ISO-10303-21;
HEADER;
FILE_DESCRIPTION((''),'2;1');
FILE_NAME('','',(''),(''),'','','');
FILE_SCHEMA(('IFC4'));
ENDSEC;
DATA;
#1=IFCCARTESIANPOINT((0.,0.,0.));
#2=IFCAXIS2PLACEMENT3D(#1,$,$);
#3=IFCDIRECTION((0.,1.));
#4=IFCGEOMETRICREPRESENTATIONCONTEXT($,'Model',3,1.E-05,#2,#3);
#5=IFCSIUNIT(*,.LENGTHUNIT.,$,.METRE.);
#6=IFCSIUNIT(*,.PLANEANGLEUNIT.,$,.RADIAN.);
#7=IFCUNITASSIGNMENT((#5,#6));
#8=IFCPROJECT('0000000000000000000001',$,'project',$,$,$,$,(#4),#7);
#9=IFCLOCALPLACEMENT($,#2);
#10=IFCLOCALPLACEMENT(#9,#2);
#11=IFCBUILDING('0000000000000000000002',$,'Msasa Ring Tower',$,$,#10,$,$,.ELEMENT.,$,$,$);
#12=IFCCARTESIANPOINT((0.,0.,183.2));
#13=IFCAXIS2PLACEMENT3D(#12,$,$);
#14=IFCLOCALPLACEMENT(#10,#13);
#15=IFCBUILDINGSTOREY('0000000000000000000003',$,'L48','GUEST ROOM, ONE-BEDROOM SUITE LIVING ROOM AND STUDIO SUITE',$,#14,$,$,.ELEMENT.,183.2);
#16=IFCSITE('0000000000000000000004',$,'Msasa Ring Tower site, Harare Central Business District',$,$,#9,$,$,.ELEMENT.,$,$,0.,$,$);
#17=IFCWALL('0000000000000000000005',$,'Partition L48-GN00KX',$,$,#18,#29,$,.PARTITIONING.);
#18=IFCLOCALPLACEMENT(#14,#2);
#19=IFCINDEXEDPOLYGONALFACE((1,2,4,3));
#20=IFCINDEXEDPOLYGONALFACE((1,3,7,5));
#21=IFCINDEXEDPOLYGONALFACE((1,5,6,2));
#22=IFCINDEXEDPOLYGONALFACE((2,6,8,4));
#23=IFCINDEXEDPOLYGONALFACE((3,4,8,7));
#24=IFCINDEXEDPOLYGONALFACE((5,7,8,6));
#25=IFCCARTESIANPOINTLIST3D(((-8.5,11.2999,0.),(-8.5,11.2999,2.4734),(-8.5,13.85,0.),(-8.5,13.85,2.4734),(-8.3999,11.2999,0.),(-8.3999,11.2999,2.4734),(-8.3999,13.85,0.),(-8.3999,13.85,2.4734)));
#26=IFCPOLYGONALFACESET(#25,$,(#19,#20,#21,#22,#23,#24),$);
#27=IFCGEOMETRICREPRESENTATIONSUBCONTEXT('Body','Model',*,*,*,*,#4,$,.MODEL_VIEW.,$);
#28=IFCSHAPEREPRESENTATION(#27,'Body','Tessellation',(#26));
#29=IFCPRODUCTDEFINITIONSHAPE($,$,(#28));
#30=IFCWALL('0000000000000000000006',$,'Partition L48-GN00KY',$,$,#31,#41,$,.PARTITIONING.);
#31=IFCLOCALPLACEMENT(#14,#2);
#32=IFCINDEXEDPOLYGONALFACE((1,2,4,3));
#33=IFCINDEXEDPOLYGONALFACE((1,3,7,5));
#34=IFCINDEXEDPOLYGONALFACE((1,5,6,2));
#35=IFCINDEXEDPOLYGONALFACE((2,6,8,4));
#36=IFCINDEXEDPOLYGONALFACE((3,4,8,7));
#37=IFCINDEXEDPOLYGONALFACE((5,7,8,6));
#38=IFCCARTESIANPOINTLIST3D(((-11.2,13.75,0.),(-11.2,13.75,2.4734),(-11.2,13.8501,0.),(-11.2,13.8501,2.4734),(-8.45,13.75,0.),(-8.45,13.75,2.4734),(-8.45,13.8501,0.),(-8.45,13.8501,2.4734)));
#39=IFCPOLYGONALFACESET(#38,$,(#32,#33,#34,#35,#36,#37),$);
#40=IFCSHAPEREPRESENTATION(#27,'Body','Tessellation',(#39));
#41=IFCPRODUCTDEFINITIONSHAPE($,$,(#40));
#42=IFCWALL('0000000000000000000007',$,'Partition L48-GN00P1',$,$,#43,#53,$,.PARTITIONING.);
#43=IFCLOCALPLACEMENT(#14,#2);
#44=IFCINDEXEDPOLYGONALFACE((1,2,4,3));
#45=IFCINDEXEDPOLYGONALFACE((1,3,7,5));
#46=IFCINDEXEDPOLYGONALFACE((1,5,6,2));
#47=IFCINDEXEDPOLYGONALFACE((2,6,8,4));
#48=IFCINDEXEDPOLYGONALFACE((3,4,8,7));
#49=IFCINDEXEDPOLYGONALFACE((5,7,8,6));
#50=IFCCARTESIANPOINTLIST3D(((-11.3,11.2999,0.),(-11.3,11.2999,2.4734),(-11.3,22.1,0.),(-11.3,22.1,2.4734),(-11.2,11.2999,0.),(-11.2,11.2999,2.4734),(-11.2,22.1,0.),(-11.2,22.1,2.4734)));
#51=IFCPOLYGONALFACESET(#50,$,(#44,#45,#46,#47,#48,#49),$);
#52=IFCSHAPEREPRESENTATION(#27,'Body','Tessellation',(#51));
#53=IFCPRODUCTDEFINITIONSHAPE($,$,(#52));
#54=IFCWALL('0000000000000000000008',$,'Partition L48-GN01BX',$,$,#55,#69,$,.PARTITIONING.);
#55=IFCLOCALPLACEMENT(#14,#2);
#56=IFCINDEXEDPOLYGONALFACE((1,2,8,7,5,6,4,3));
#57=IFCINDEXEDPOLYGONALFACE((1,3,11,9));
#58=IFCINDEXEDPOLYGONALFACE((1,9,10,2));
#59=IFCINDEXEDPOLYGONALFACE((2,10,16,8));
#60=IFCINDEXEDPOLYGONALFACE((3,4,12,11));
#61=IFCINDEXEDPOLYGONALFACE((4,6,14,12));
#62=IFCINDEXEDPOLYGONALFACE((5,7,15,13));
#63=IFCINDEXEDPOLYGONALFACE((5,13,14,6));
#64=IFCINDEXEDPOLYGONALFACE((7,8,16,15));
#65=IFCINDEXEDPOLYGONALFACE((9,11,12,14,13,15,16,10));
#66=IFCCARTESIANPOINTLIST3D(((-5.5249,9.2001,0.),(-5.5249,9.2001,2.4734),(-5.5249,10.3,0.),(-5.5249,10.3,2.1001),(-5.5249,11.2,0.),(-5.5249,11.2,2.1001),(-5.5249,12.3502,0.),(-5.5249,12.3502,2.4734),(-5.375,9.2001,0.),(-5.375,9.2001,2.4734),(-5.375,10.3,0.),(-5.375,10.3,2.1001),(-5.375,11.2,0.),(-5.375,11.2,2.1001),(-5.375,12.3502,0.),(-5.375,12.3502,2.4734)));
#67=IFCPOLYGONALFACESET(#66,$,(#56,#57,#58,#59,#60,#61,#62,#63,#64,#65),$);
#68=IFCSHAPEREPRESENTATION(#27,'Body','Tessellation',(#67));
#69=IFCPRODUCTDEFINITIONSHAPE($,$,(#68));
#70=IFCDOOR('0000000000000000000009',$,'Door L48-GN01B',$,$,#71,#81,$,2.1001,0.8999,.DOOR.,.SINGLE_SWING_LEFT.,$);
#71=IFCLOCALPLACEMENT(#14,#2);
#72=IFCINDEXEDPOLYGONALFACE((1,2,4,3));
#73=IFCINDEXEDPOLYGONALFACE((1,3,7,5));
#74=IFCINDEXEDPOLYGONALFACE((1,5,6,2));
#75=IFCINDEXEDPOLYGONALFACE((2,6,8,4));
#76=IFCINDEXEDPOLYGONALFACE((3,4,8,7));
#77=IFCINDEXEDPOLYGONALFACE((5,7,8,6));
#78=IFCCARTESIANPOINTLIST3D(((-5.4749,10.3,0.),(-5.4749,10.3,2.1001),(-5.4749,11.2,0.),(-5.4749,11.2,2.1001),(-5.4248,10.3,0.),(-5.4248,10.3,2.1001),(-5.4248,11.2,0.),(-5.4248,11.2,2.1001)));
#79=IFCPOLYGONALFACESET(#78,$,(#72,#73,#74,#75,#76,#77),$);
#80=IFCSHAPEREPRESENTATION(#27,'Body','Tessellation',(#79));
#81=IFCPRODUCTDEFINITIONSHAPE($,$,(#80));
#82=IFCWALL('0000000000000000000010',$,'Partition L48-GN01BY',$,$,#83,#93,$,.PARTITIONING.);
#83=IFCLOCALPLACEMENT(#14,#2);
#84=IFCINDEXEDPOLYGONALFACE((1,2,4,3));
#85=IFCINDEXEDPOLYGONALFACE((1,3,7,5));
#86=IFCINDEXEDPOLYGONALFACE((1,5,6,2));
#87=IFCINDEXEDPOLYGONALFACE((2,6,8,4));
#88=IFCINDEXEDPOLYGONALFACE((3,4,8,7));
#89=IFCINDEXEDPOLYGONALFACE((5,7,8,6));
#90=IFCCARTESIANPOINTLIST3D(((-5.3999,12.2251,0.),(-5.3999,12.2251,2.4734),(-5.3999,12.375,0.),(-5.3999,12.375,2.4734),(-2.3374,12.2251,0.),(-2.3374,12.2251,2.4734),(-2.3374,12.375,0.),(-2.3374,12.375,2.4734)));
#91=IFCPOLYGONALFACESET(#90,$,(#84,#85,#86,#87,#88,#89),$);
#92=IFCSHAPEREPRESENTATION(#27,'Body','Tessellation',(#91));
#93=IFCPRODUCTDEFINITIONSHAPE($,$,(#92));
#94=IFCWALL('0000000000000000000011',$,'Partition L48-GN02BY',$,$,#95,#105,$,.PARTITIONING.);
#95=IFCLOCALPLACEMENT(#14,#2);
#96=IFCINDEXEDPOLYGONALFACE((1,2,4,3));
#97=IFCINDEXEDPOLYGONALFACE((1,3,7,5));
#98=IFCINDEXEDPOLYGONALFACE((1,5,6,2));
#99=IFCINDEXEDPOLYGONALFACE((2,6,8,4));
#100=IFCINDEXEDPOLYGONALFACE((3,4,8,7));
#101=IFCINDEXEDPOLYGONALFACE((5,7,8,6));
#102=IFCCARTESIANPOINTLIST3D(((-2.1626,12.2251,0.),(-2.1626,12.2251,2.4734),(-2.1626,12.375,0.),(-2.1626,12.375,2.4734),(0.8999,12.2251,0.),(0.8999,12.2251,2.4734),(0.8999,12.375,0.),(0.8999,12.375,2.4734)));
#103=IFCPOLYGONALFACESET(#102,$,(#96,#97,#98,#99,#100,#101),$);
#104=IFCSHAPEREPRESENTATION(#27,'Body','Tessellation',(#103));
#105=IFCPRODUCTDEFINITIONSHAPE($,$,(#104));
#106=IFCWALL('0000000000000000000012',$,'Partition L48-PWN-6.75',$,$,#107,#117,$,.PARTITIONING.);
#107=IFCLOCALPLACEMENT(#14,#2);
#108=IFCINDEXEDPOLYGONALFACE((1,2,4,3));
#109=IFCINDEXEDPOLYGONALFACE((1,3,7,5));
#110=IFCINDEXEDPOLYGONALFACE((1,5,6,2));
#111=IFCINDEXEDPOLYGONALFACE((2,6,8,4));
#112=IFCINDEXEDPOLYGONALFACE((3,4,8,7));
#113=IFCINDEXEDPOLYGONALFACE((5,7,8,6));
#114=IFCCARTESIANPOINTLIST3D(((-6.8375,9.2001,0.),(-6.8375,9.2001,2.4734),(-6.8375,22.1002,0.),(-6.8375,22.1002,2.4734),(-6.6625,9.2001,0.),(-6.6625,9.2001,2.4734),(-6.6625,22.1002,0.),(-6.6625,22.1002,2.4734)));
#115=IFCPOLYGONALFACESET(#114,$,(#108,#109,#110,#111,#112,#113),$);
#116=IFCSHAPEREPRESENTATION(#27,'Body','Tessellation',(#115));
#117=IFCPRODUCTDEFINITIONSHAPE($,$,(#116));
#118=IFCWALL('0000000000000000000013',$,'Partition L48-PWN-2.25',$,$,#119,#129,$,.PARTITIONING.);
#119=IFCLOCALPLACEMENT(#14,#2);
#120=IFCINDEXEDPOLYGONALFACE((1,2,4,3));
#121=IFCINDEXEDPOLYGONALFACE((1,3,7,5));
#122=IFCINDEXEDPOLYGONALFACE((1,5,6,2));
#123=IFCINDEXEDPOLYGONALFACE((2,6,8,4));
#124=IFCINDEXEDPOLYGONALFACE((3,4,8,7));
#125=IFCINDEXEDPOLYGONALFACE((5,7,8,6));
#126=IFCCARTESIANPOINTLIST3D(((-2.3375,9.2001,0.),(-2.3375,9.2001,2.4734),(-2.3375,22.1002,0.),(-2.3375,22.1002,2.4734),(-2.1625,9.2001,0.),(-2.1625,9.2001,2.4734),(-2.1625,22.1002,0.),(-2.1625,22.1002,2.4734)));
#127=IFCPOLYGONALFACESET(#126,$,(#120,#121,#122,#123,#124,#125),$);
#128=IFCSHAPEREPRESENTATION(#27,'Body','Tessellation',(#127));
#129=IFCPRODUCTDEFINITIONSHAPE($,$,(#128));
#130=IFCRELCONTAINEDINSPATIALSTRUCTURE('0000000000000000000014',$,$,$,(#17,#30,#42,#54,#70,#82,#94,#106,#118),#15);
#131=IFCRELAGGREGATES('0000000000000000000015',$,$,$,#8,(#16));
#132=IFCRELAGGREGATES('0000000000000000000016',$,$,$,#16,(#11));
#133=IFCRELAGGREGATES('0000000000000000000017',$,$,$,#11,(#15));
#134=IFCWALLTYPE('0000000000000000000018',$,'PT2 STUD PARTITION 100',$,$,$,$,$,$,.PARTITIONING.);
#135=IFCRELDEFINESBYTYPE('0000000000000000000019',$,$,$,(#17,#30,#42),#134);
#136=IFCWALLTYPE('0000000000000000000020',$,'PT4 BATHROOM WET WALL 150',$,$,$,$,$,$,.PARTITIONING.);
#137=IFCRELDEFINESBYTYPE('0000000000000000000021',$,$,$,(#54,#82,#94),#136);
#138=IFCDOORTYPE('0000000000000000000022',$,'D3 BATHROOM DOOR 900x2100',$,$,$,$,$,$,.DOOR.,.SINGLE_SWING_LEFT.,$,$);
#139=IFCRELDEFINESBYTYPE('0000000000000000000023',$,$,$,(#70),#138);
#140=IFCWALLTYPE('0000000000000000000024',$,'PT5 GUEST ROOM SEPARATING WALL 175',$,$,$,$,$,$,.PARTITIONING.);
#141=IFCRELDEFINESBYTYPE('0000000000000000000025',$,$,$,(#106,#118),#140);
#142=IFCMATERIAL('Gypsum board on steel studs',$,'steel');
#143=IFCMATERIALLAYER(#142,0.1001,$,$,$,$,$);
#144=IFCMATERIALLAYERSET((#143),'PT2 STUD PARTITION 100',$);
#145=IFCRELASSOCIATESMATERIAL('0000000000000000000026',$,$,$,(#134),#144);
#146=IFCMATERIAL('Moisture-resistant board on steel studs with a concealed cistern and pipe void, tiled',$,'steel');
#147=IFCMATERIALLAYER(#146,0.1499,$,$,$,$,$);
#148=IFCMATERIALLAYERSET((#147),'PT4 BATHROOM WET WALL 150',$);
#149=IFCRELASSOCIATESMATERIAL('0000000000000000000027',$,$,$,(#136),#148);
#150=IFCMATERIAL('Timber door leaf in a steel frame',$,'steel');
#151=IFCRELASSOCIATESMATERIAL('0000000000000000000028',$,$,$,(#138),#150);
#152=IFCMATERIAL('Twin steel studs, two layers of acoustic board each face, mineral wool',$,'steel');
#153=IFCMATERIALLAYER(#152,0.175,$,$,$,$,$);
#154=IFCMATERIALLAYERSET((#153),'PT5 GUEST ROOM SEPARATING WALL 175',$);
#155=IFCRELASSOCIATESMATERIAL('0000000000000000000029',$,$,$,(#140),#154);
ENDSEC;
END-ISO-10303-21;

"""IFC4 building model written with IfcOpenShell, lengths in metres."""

from ifc_helpers import new_model, si_unit, direction, frame, frame_2d, origin, place, context, subcontext, project, spatial, rectangle, extrude, material, layer, layer_set, type_object, element, fill, save


model = new_model("IFC4")

# Units and contexts
model_context = context("Model", 3, precision=1e-05, world=origin(), true_north=direction((0.0, 1.0)))
body_context = subcontext(model_context, "Body", "Model", "MODEL_VIEW")
ifc_project = project(units=[si_unit("LENGTHUNIT", "METRE"), si_unit("PLANEANGLEUNIT", "RADIAN")], contexts=[model_context])

# Site, building, storey
site_placement = place(None, origin())
site = spatial("IfcSite", under=ifc_project, at=site_placement, Name="Msasa Ring Tower site, Harare Central Business District", CompositionType="ELEMENT", RefElevation=0.0)
building_placement = place(site_placement, origin())
building = spatial("IfcBuilding", under=site, at=building_placement, Name="Msasa Ring Tower", CompositionType="ELEMENT")
storey_placement = place(building_placement, frame((0.0, 0.0, 183.2)))
storey = spatial("IfcBuildingStorey", under=building, at=storey_placement, Name="L48", Description="GUEST ROOM, ONE-BEDROOM SUITE LIVING ROOM AND STUDIO SUITE", CompositionType="ELEMENT", Elevation=183.2)

# Walls
ifc_material_1 = material(Name="Gypsum board on steel studs", Category="steel")
ifc_layer_1 = layer(ifc_material_1, 0.1001)
ifc_layer_set_1 = layer_set([ifc_layer_1], Name="PT2 STUD PARTITION 100")
wall_type_1 = type_object("IfcWallType", Name="PT2 STUD PARTITION 100", PredefinedType="PARTITIONING", material=ifc_layer_set_1)
wall_1_placement = place(storey_placement, frame((-8.45, 11.3, 0.0), z_axis=(0.0, 0.0, 1.0), x_axis=(0.0, 1.0, 0.0)))
element("IfcWall", 1, at=wall_1_placement, inside=storey, type_object=wall_type_1, Name="Partition L48-GN00KX", PredefinedType="PARTITIONING", context=body_context, shape_type="SweptSolid", body=[
    extrude(rectangle(XDim=2.55, YDim=0.1001, at=frame_2d((1.2749, 0.0))), origin(), (0.0, 0.0, 1.0), 2.4734),
])
wall_2_placement = place(storey_placement, frame((-11.2, 13.8, 0.0), z_axis=(0.0, 0.0, 1.0), x_axis=(1.0, 0.0, 0.0)))
element("IfcWall", 2, at=wall_2_placement, inside=storey, type_object=wall_type_1, Name="Partition L48-GN00KY", PredefinedType="PARTITIONING", context=body_context, shape_type="SweptSolid", body=[
    extrude(rectangle(XDim=2.75, YDim=0.1001, at=frame_2d((1.375, 0.0))), origin(), (0.0, 0.0, 1.0), 2.4734),
])
wall_3_placement = place(storey_placement, frame((-11.25, 11.3, 0.0), z_axis=(0.0, 0.0, 1.0), x_axis=(0.0, 1.0, 0.0)))
element("IfcWall", 3, at=wall_3_placement, inside=storey, type_object=wall_type_1, Name="Partition L48-GN00P1", PredefinedType="PARTITIONING", context=body_context, shape_type="SweptSolid", body=[
    extrude(rectangle(XDim=10.8, YDim=0.1001, at=frame_2d((5.3999, 0.0))), origin(), (0.0, 0.0, 1.0), 2.4734),
])

# Wall, opening, door
ifc_material_2 = material(Name="Moisture-resistant board on steel studs with a concealed cistern and pipe void, tiled", Category="steel")
ifc_layer_2 = layer(ifc_material_2, 0.1499)
ifc_layer_set_2 = layer_set([ifc_layer_2], Name="PT4 BATHROOM WET WALL 150")
wall_type_2 = type_object("IfcWallType", Name="PT4 BATHROOM WET WALL 150", PredefinedType="PARTITIONING", material=ifc_layer_set_2)
wall_4_placement = place(storey_placement, frame((-5.45, 9.2, 0.0), z_axis=(0.0, 0.0, 1.0), x_axis=(0.0, 1.0, 0.0)))
wall_4 = element("IfcWall", 4, at=wall_4_placement, inside=storey, type_object=wall_type_2, Name="Partition L48-GN01BX", PredefinedType="PARTITIONING", context=body_context, shape_type="SweptSolid", body=[
    extrude(rectangle(XDim=3.1501, YDim=0.1499, at=frame_2d((1.5752, 0.0))), origin(), (0.0, 0.0, 1.0), 2.4734),
])
opening_1_placement = place(wall_4_placement, frame((1.1001, 0.0, 0.0)))
opening_1 = element("IfcOpeningElement", 5, at=opening_1_placement, cuts=wall_4, PredefinedType="OPENING", context=body_context, shape_type="SweptSolid", body=[
    extrude(rectangle(XDim=0.8999, YDim=2.1001, at=frame_2d((0.45, 1.05))), frame((0.0, 0.085, 0.0), z_axis=(0.0, -1.0, 0.0), x_axis=(1.0, 0.0, 0.0)), (0.0, 0.0, 1.0), 0.1699),
])
ifc_material_3 = material(Name="Timber door leaf in a steel frame", Category="steel")
door_type = type_object("IfcDoorType", Name="D3 BATHROOM DOOR 900x2100", OperationType="SINGLE_SWING_LEFT", PredefinedType="DOOR", material=ifc_material_3)
door_placement = place(opening_1_placement, origin())
door = element("IfcDoor", 6, at=door_placement, inside=storey, type_object=door_type, Name="Door L48-GN01B", OperationType="SINGLE_SWING_LEFT", OverallHeight=2.1001, OverallWidth=0.8999, PredefinedType="DOOR", context=body_context, shape_type="SweptSolid", body=[
    extrude(rectangle(XDim=0.8999, YDim=2.1001, at=frame_2d((0.45, 1.05))), frame((0.0, 0.0249, 0.0), z_axis=(0.0, -1.0, 0.0), x_axis=(1.0, 0.0, 0.0)), (0.0, 0.0, 1.0), 0.05),
])
fill(opening_1, door)

# Walls
for number, where, z_axis, x_axis, name in (
    (7, (-5.3999, 12.3, 0.0), (0.0, 0.0, 1.0), (1.0, 0.0, 0.0), "Partition L48-GN01BY"),
    (8, (-2.1626, 12.3, 0.0), (0.0, 0.0, 1.0), (1.0, 0.0, 0.0), "Partition L48-GN02BY"),
):
    element("IfcWall", number, at=place(storey_placement, frame(where, z_axis=z_axis, x_axis=x_axis)), inside=storey, type_object=wall_type_2, Name=name, PredefinedType="PARTITIONING", context=body_context, shape_type="SweptSolid", body=[
        extrude(rectangle(XDim=3.0625, YDim=0.1499, at=frame_2d((1.5312, 0.0))), origin(), (0.0, 0.0, 1.0), 2.4734),
    ])
ifc_material_4 = material(Name="Twin steel studs, two layers of acoustic board each face, mineral wool", Category="steel")
ifc_layer_3 = layer(ifc_material_4, 0.175)
ifc_layer_set_3 = layer_set([ifc_layer_3], Name="PT5 GUEST ROOM SEPARATING WALL 175")
wall_type_3 = type_object("IfcWallType", Name="PT5 GUEST ROOM SEPARATING WALL 175", PredefinedType="PARTITIONING", material=ifc_layer_set_3)
for number, where, z_axis, x_axis, name in (
    (9, (-6.75, 9.2, 0.0), (0.0, 0.0, 1.0), (0.0, 1.0, 0.0), "Partition L48-PWN-6.75"),
    (10, (-2.25, 9.2, 0.0), (0.0, 0.0, 1.0), (0.0, 1.0, 0.0), "Partition L48-PWN-2.25"),
):
    element("IfcWall", number, at=place(storey_placement, frame(where, z_axis=z_axis, x_axis=x_axis)), inside=storey, type_object=wall_type_3, Name=name, PredefinedType="PARTITIONING", context=body_context, shape_type="SweptSolid", body=[
        extrude(rectangle(XDim=12.9001, YDim=0.175, at=frame_2d((6.4502, 0.0))), origin(), (0.0, 0.0, 1.0), 2.4734),
    ])

save(model, "model.ifc")
